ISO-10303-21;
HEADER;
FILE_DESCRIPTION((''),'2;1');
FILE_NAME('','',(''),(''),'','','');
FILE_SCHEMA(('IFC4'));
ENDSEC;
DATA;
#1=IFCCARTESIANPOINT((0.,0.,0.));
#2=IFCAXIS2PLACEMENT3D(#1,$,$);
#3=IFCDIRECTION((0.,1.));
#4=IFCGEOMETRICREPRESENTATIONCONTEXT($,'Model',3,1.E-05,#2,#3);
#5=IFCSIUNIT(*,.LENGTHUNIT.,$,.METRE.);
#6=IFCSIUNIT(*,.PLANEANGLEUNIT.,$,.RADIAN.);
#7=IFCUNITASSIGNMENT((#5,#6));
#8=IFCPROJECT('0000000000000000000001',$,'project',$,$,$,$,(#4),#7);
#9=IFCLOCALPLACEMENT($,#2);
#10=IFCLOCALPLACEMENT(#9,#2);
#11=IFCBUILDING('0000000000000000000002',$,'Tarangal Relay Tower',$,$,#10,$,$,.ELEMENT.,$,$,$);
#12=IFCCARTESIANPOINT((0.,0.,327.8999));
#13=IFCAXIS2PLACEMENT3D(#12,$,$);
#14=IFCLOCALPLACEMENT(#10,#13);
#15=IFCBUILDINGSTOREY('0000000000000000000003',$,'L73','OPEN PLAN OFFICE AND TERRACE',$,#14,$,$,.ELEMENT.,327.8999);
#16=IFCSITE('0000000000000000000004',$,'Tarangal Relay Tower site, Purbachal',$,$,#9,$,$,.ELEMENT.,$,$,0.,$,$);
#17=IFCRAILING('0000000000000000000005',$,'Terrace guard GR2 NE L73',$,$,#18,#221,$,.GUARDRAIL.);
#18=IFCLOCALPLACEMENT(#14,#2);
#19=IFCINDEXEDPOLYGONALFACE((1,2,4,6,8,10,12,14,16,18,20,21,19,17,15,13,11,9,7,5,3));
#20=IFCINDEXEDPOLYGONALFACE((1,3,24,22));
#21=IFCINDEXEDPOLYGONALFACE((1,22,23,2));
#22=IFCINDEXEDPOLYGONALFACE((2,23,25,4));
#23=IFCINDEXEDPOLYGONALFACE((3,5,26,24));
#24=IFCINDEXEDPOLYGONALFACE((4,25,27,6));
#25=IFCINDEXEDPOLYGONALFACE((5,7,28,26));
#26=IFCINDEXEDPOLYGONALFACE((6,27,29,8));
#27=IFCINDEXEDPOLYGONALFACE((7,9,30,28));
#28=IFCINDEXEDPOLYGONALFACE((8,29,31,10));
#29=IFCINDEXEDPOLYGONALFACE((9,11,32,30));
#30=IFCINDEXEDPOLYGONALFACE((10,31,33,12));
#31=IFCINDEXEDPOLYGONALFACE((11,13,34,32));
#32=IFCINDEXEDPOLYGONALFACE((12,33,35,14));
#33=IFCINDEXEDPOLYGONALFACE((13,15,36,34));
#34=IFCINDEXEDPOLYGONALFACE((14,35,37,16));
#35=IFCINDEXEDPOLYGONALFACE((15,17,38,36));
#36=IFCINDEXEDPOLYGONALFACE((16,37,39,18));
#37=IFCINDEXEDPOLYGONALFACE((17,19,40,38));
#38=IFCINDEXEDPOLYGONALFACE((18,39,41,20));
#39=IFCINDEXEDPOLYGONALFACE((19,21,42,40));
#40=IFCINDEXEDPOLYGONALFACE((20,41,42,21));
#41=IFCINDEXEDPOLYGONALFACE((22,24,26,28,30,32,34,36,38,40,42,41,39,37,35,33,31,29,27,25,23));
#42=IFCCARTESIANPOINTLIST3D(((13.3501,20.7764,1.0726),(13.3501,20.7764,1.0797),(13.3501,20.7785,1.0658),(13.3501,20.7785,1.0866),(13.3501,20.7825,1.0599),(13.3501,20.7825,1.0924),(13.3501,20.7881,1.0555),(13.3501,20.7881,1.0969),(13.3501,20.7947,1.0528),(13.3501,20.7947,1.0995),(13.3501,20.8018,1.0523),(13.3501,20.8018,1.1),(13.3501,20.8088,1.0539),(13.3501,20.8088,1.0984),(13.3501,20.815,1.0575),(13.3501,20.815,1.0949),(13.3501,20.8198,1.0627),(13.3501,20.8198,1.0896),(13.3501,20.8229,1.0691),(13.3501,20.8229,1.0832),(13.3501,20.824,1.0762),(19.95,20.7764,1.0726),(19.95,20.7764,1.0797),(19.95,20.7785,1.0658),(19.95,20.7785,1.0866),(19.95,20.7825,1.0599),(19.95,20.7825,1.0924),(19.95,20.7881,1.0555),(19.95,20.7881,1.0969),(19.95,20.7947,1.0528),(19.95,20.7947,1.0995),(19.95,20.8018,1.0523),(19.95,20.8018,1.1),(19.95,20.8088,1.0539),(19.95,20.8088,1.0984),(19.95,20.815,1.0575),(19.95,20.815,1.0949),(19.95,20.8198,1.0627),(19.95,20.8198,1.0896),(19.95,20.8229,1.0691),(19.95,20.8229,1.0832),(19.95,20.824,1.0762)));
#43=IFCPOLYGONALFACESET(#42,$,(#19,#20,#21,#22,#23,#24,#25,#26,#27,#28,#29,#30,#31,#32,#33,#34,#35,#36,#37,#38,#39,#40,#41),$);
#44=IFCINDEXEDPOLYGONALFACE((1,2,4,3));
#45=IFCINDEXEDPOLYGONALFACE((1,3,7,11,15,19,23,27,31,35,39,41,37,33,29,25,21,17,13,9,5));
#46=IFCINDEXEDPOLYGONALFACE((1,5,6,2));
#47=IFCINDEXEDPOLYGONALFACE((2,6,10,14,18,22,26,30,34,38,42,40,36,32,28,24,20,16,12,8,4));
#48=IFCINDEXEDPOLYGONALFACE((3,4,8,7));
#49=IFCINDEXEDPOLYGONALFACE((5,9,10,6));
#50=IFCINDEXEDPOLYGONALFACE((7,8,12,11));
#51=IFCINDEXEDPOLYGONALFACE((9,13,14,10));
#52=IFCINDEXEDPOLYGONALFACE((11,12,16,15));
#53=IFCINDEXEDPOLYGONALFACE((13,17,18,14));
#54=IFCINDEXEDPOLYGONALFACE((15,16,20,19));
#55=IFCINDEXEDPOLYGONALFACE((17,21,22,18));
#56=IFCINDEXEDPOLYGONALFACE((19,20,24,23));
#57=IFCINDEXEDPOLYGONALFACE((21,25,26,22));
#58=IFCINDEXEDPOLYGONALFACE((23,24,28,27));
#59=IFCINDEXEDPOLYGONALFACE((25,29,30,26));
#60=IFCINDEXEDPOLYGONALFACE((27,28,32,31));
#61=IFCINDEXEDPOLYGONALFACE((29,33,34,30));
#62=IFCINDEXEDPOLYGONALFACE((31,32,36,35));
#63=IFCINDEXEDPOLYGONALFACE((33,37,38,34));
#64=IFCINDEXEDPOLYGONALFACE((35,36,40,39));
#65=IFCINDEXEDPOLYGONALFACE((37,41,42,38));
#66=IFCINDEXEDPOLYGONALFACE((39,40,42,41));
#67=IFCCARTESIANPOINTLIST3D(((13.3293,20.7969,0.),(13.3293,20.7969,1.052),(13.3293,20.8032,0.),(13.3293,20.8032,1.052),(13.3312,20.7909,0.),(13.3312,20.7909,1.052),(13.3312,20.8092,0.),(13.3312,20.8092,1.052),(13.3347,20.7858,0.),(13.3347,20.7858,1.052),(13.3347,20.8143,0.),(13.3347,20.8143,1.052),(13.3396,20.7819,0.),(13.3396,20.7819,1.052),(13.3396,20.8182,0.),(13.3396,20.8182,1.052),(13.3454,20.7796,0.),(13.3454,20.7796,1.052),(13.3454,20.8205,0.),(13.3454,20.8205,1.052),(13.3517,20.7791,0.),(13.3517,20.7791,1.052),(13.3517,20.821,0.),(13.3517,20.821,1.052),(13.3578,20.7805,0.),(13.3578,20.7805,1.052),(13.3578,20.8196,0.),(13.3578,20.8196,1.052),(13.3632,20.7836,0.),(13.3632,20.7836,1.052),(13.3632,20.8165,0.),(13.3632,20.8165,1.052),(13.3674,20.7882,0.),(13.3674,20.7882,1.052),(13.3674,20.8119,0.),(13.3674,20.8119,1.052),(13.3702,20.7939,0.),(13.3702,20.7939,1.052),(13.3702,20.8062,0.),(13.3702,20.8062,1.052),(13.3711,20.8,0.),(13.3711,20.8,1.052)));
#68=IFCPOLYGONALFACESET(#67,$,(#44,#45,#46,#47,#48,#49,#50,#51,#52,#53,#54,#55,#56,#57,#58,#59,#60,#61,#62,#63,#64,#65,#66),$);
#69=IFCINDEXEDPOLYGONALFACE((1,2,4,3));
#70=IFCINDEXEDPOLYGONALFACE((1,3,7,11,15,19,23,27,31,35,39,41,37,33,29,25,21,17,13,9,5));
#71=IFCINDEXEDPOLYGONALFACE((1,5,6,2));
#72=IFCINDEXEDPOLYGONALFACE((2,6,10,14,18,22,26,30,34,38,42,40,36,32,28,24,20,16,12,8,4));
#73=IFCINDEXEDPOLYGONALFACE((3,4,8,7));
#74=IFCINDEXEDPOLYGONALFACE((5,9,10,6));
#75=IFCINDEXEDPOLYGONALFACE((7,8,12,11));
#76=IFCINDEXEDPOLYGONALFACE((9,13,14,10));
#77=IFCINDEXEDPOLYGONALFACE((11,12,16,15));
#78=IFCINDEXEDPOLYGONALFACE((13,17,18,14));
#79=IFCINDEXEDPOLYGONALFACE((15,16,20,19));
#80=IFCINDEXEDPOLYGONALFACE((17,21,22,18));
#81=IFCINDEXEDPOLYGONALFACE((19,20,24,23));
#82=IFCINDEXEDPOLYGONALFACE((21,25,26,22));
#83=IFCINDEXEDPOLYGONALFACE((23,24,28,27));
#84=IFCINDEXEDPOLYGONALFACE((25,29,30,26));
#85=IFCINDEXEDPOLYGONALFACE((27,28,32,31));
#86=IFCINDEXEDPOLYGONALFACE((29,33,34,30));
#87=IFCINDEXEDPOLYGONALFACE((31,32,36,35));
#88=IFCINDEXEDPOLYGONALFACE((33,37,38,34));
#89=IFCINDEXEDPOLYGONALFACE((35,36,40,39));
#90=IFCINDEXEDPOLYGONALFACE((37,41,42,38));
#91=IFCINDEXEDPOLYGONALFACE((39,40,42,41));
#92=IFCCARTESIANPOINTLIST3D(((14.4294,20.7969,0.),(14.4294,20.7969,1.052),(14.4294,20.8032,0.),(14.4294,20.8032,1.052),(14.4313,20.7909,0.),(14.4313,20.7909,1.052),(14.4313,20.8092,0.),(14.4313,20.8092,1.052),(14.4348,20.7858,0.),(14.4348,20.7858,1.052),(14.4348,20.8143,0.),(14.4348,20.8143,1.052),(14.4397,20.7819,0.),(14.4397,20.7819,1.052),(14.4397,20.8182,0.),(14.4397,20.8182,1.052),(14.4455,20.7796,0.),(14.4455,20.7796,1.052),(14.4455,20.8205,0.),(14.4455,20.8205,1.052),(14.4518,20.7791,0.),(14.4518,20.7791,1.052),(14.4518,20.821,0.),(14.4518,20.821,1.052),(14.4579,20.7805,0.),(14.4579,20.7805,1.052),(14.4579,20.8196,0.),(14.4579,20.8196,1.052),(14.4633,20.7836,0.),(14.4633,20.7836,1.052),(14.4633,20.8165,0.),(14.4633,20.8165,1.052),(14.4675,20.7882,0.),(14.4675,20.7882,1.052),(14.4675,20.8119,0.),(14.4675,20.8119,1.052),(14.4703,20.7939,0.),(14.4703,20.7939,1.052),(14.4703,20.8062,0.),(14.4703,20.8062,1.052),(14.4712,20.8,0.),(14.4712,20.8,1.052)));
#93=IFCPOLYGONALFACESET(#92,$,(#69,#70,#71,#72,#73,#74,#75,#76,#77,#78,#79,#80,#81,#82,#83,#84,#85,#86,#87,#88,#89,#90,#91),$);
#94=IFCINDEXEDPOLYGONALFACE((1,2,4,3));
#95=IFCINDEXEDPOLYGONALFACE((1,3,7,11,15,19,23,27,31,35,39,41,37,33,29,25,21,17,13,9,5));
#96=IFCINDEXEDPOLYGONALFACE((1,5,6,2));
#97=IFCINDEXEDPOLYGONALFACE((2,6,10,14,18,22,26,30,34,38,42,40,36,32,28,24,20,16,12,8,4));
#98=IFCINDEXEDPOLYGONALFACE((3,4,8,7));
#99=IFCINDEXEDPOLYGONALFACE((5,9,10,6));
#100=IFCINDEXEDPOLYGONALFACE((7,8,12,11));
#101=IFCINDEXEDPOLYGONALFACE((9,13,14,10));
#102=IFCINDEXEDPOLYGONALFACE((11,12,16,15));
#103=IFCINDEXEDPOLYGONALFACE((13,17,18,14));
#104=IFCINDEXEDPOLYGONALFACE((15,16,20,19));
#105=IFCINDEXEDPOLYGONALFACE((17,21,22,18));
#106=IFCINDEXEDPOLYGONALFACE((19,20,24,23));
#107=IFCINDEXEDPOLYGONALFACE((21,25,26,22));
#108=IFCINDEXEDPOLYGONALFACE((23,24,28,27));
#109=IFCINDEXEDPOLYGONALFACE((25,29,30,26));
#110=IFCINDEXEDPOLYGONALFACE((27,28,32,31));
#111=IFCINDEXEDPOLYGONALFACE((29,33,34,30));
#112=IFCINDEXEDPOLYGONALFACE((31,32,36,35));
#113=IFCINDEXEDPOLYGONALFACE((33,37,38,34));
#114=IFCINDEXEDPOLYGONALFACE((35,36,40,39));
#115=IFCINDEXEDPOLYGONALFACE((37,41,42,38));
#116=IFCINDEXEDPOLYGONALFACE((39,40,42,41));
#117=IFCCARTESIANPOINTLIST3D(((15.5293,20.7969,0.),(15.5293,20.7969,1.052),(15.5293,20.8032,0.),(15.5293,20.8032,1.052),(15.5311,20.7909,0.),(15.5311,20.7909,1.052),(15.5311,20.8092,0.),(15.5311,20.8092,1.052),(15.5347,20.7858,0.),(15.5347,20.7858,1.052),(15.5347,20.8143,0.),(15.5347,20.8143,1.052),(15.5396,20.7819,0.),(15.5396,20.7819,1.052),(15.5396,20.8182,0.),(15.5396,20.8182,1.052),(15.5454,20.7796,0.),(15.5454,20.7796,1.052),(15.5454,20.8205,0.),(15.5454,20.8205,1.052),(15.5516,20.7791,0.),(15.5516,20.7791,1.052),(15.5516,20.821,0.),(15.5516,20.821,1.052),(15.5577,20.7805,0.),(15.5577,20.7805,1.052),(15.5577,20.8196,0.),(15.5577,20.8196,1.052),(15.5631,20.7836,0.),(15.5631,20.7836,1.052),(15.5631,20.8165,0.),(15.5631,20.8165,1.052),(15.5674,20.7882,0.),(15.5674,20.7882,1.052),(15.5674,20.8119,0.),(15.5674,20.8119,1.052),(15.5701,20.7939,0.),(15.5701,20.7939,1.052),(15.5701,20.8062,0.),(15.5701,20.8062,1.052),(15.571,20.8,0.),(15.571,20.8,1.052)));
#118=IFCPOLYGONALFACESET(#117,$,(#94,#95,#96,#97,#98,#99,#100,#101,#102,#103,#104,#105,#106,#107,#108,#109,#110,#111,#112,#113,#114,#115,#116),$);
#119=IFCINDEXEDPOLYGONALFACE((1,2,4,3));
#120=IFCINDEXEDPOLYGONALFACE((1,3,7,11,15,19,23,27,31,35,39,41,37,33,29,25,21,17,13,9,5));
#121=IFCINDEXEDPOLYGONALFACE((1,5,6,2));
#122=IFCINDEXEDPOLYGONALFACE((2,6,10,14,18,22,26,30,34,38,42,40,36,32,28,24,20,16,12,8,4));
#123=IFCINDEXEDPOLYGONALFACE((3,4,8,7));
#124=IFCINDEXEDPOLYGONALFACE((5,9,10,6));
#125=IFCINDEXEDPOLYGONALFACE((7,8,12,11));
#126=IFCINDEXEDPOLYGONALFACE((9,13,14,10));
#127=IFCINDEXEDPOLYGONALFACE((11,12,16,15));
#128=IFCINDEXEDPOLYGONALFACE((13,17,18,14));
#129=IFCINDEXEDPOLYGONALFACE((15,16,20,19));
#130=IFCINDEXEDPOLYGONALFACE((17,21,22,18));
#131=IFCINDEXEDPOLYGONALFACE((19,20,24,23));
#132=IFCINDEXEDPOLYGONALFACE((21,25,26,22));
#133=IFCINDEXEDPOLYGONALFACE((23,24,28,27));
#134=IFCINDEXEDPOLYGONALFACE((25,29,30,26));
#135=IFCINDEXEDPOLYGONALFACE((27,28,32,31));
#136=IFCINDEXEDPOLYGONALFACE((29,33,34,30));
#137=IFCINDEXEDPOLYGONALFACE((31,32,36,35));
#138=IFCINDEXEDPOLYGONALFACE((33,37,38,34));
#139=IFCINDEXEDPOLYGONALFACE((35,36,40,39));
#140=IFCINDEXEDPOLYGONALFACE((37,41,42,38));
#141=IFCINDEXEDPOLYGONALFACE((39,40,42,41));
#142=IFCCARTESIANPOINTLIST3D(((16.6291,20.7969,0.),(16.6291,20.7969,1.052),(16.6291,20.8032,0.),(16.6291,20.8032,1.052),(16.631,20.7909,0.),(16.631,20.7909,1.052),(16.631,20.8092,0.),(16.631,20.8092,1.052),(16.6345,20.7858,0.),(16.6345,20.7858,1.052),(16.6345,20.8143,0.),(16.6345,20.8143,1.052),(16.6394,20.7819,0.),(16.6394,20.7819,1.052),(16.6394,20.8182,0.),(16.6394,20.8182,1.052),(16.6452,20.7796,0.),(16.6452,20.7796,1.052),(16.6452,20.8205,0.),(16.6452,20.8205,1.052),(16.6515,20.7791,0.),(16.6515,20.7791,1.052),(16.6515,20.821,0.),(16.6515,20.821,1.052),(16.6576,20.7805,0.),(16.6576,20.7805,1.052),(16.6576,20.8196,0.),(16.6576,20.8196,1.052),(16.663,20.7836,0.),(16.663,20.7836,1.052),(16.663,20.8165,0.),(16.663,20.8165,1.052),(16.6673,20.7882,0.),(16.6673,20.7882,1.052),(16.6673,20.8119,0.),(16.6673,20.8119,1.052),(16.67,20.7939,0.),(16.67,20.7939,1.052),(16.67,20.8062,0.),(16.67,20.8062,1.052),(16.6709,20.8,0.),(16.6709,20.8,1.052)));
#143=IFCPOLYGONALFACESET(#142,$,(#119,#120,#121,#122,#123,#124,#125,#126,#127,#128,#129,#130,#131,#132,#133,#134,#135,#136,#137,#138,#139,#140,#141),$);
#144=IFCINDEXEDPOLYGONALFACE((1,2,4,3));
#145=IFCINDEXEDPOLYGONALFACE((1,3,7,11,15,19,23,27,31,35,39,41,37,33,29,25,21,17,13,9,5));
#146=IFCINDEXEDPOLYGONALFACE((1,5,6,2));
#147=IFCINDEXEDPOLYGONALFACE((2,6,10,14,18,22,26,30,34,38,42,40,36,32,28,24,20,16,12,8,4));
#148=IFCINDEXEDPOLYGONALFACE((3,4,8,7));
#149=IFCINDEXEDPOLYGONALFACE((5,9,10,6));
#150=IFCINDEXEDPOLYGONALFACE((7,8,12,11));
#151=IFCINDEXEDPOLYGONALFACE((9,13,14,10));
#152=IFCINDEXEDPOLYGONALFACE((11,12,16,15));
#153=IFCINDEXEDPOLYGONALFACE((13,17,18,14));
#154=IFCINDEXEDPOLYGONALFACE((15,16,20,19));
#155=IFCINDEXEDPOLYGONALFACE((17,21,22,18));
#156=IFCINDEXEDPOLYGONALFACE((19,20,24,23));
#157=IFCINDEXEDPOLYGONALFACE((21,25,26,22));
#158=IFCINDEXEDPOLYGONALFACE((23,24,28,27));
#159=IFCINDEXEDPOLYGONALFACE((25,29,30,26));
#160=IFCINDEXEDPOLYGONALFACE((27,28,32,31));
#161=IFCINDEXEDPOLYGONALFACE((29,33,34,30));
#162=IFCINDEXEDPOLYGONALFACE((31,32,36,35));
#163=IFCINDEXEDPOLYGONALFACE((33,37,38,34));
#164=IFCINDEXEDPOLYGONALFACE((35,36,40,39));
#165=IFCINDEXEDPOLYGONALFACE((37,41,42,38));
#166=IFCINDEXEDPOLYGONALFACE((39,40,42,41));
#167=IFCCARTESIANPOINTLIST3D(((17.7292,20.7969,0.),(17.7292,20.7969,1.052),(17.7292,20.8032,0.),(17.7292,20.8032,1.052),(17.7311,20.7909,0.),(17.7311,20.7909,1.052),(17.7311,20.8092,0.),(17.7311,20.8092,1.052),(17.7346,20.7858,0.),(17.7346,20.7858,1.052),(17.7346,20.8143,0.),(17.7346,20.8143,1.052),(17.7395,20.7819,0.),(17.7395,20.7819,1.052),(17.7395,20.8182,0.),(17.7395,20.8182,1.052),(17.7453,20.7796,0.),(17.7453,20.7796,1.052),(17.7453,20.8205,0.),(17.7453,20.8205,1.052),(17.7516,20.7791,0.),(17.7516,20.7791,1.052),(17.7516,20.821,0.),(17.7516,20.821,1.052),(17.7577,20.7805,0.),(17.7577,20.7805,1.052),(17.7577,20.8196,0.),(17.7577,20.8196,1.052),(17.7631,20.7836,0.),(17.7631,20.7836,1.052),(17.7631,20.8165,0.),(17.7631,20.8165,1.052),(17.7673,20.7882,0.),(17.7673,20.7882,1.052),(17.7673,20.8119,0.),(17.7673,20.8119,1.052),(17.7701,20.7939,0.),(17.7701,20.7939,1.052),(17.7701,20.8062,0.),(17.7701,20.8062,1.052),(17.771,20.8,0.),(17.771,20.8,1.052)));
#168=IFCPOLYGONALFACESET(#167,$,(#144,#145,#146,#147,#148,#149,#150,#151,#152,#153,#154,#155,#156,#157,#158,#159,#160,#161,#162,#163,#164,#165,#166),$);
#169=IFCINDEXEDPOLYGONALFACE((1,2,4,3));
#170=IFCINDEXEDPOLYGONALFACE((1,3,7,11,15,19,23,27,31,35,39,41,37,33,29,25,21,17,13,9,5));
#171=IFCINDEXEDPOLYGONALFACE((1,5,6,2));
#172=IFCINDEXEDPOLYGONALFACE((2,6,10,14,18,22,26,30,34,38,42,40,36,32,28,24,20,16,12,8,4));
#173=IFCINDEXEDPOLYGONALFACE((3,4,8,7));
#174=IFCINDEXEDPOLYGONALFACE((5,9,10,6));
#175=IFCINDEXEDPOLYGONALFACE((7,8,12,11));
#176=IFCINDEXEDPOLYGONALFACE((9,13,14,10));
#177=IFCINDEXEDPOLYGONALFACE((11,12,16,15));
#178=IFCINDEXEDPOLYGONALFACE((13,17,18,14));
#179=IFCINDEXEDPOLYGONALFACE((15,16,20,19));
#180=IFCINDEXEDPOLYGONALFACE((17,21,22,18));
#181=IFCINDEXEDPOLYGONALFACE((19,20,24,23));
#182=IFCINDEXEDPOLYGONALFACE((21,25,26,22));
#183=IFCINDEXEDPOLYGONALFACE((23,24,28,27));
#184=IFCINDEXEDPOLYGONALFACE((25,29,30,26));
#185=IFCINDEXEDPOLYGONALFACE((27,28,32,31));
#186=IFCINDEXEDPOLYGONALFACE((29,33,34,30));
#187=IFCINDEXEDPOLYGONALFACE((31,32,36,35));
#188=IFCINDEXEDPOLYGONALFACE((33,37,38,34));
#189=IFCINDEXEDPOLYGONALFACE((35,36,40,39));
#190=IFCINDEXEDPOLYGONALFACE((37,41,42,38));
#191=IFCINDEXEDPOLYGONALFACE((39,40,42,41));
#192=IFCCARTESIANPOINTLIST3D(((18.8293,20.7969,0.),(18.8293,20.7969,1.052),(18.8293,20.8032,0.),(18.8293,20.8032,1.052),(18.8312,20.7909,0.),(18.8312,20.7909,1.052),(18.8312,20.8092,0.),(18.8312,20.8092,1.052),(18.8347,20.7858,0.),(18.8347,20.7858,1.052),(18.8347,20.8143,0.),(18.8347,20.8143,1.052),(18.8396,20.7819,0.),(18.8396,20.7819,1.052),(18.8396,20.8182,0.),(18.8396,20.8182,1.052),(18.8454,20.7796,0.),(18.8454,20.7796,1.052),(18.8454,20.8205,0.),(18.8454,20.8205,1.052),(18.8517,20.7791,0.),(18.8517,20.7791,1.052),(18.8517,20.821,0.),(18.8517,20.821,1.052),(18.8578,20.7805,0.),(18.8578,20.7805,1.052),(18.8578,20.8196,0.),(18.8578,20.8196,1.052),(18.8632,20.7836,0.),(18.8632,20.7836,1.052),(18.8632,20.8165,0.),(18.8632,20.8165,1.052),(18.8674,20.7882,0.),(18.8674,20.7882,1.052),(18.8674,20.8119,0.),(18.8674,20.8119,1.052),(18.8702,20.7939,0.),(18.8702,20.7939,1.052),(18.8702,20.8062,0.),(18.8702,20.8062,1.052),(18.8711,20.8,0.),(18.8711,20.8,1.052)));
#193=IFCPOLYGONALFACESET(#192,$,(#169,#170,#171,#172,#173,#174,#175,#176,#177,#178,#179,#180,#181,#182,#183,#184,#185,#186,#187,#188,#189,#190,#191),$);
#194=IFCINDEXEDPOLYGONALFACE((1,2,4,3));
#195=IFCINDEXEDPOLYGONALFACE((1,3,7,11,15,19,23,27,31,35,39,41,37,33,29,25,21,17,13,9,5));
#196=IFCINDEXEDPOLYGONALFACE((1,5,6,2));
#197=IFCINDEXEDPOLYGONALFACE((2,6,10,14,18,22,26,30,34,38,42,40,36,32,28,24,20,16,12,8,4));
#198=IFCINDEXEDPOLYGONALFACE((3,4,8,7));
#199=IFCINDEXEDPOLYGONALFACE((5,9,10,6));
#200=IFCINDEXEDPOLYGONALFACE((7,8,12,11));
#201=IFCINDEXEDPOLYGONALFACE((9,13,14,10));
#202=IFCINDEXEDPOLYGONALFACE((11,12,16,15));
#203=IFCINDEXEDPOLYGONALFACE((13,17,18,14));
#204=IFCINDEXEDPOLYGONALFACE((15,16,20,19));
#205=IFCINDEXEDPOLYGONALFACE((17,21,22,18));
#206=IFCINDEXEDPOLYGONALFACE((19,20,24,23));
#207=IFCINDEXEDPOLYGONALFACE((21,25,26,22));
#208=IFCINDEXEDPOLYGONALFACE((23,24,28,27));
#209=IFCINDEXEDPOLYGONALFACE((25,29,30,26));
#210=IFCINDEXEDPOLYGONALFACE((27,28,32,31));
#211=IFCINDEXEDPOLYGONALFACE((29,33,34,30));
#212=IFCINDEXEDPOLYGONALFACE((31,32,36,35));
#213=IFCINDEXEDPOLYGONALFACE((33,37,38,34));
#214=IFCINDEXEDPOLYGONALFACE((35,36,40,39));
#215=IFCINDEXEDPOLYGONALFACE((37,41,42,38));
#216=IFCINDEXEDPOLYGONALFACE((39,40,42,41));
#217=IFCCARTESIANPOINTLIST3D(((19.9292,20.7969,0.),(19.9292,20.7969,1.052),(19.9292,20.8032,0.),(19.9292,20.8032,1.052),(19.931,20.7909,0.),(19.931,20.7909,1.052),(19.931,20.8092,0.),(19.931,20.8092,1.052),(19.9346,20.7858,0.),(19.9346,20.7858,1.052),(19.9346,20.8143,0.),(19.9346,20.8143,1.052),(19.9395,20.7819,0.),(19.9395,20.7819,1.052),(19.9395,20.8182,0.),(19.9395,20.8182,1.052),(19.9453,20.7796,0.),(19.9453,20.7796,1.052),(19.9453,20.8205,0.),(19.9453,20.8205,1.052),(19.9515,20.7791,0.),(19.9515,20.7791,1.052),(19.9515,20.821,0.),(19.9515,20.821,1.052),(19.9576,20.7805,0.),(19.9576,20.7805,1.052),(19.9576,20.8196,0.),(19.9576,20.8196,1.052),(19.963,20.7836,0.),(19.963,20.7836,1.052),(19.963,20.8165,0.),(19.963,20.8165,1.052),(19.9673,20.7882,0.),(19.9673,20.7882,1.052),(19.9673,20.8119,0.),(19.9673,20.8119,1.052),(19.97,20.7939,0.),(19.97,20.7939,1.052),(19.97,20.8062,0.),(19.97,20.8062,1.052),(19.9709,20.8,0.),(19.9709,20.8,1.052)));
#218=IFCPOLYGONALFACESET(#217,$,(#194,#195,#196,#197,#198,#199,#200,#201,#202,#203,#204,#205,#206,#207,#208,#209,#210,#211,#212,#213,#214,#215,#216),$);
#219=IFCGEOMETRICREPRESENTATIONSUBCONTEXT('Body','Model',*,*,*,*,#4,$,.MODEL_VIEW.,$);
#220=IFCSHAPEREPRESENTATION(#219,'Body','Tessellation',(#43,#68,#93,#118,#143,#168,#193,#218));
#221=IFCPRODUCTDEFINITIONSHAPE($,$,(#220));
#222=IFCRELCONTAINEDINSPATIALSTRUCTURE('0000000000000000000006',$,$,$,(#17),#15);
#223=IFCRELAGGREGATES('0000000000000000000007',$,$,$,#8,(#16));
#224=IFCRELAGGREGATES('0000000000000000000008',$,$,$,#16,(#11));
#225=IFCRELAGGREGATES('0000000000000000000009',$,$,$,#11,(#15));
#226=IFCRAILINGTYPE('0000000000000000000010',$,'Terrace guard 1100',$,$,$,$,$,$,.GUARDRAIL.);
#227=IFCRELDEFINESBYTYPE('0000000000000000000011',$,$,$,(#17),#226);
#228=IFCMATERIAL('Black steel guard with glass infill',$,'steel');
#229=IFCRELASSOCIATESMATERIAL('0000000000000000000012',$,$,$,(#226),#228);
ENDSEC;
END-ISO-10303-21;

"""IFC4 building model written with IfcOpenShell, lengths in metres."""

from ifc_helpers import new_model, si_unit, direction, frame, origin, origin_2d, place, context, subcontext, project, spatial, circle, extrude, material, type_object, element, save


model = new_model("IFC4")

# Units and contexts
model_context = context("Model", 3, precision=1e-05, world=origin(), true_north=direction((0.0, 1.0)))
body_context = subcontext(model_context, "Body", "Model", "MODEL_VIEW")
ifc_project = project(units=[si_unit("LENGTHUNIT", "METRE"), si_unit("PLANEANGLEUNIT", "RADIAN")], contexts=[model_context])

# Site, building, storey
site_placement = place(None, origin())
site = spatial("IfcSite", under=ifc_project, at=site_placement, Name="Tarangal Relay Tower site, Purbachal", CompositionType="ELEMENT", RefElevation=0.0)
building_placement = place(site_placement, origin())
building = spatial("IfcBuilding", under=site, at=building_placement, Name="Tarangal Relay Tower", CompositionType="ELEMENT")
storey_placement = place(building_placement, frame((0.0, 0.0, 327.8999)))
storey = spatial("IfcBuildingStorey", under=building, at=storey_placement, Name="L73", Description="OPEN PLAN OFFICE AND TERRACE", CompositionType="ELEMENT", Elevation=327.8999)

# Railing
ifc_material_1 = material(Name="Black steel guard with glass infill", Category="steel")
railing_type = type_object("IfcRailingType", Name="Terrace guard 1100", PredefinedType="GUARDRAIL", material=ifc_material_1)
railing_1_placement = place(storey_placement, frame((13.3501, 20.8, 0.0)))
element("IfcRailing", 1, at=railing_1_placement, inside=storey, type_object=railing_type, Name="Terrace guard GR2 NE L73", PredefinedType="GUARDRAIL", context=body_context, shape_type="SweptSolid", body=[
    extrude(circle(Radius=0.0239, at=origin_2d()), frame((0.0, 0.0, 1.0762), z_axis=(1.0, 0.0, 0.0), x_axis=(0.0, 1.0, 0.0)), (0.0, 0.0, 1.0), 6.5999),
    extrude(circle(Radius=0.021, at=origin_2d()), origin(), (0.0, 0.0, 1.0), 1.052),
    extrude(circle(Radius=0.021, at=origin_2d()), frame((1.1001, 0.0, 0.0)), (0.0, 0.0, 1.0), 1.052),
    extrude(circle(Radius=0.021, at=origin_2d()), frame((2.2, 0.0, 0.0)), (0.0, 0.0, 1.0), 1.052),
    extrude(circle(Radius=0.021, at=origin_2d()), frame((3.2998, 0.0, 0.0)), (0.0, 0.0, 1.0), 1.052),
    extrude(circle(Radius=0.021, at=origin_2d()), frame((4.3999, 0.0, 0.0)), (0.0, 0.0, 1.0), 1.052),
    extrude(circle(Radius=0.021, at=origin_2d()), frame((5.5, 0.0, 0.0)), (0.0, 0.0, 1.0), 1.052),
    extrude(circle(Radius=0.021, at=origin_2d()), frame((6.5999, 0.0, 0.0)), (0.0, 0.0, 1.0), 1.052),
])

save(model, "model.ifc")
